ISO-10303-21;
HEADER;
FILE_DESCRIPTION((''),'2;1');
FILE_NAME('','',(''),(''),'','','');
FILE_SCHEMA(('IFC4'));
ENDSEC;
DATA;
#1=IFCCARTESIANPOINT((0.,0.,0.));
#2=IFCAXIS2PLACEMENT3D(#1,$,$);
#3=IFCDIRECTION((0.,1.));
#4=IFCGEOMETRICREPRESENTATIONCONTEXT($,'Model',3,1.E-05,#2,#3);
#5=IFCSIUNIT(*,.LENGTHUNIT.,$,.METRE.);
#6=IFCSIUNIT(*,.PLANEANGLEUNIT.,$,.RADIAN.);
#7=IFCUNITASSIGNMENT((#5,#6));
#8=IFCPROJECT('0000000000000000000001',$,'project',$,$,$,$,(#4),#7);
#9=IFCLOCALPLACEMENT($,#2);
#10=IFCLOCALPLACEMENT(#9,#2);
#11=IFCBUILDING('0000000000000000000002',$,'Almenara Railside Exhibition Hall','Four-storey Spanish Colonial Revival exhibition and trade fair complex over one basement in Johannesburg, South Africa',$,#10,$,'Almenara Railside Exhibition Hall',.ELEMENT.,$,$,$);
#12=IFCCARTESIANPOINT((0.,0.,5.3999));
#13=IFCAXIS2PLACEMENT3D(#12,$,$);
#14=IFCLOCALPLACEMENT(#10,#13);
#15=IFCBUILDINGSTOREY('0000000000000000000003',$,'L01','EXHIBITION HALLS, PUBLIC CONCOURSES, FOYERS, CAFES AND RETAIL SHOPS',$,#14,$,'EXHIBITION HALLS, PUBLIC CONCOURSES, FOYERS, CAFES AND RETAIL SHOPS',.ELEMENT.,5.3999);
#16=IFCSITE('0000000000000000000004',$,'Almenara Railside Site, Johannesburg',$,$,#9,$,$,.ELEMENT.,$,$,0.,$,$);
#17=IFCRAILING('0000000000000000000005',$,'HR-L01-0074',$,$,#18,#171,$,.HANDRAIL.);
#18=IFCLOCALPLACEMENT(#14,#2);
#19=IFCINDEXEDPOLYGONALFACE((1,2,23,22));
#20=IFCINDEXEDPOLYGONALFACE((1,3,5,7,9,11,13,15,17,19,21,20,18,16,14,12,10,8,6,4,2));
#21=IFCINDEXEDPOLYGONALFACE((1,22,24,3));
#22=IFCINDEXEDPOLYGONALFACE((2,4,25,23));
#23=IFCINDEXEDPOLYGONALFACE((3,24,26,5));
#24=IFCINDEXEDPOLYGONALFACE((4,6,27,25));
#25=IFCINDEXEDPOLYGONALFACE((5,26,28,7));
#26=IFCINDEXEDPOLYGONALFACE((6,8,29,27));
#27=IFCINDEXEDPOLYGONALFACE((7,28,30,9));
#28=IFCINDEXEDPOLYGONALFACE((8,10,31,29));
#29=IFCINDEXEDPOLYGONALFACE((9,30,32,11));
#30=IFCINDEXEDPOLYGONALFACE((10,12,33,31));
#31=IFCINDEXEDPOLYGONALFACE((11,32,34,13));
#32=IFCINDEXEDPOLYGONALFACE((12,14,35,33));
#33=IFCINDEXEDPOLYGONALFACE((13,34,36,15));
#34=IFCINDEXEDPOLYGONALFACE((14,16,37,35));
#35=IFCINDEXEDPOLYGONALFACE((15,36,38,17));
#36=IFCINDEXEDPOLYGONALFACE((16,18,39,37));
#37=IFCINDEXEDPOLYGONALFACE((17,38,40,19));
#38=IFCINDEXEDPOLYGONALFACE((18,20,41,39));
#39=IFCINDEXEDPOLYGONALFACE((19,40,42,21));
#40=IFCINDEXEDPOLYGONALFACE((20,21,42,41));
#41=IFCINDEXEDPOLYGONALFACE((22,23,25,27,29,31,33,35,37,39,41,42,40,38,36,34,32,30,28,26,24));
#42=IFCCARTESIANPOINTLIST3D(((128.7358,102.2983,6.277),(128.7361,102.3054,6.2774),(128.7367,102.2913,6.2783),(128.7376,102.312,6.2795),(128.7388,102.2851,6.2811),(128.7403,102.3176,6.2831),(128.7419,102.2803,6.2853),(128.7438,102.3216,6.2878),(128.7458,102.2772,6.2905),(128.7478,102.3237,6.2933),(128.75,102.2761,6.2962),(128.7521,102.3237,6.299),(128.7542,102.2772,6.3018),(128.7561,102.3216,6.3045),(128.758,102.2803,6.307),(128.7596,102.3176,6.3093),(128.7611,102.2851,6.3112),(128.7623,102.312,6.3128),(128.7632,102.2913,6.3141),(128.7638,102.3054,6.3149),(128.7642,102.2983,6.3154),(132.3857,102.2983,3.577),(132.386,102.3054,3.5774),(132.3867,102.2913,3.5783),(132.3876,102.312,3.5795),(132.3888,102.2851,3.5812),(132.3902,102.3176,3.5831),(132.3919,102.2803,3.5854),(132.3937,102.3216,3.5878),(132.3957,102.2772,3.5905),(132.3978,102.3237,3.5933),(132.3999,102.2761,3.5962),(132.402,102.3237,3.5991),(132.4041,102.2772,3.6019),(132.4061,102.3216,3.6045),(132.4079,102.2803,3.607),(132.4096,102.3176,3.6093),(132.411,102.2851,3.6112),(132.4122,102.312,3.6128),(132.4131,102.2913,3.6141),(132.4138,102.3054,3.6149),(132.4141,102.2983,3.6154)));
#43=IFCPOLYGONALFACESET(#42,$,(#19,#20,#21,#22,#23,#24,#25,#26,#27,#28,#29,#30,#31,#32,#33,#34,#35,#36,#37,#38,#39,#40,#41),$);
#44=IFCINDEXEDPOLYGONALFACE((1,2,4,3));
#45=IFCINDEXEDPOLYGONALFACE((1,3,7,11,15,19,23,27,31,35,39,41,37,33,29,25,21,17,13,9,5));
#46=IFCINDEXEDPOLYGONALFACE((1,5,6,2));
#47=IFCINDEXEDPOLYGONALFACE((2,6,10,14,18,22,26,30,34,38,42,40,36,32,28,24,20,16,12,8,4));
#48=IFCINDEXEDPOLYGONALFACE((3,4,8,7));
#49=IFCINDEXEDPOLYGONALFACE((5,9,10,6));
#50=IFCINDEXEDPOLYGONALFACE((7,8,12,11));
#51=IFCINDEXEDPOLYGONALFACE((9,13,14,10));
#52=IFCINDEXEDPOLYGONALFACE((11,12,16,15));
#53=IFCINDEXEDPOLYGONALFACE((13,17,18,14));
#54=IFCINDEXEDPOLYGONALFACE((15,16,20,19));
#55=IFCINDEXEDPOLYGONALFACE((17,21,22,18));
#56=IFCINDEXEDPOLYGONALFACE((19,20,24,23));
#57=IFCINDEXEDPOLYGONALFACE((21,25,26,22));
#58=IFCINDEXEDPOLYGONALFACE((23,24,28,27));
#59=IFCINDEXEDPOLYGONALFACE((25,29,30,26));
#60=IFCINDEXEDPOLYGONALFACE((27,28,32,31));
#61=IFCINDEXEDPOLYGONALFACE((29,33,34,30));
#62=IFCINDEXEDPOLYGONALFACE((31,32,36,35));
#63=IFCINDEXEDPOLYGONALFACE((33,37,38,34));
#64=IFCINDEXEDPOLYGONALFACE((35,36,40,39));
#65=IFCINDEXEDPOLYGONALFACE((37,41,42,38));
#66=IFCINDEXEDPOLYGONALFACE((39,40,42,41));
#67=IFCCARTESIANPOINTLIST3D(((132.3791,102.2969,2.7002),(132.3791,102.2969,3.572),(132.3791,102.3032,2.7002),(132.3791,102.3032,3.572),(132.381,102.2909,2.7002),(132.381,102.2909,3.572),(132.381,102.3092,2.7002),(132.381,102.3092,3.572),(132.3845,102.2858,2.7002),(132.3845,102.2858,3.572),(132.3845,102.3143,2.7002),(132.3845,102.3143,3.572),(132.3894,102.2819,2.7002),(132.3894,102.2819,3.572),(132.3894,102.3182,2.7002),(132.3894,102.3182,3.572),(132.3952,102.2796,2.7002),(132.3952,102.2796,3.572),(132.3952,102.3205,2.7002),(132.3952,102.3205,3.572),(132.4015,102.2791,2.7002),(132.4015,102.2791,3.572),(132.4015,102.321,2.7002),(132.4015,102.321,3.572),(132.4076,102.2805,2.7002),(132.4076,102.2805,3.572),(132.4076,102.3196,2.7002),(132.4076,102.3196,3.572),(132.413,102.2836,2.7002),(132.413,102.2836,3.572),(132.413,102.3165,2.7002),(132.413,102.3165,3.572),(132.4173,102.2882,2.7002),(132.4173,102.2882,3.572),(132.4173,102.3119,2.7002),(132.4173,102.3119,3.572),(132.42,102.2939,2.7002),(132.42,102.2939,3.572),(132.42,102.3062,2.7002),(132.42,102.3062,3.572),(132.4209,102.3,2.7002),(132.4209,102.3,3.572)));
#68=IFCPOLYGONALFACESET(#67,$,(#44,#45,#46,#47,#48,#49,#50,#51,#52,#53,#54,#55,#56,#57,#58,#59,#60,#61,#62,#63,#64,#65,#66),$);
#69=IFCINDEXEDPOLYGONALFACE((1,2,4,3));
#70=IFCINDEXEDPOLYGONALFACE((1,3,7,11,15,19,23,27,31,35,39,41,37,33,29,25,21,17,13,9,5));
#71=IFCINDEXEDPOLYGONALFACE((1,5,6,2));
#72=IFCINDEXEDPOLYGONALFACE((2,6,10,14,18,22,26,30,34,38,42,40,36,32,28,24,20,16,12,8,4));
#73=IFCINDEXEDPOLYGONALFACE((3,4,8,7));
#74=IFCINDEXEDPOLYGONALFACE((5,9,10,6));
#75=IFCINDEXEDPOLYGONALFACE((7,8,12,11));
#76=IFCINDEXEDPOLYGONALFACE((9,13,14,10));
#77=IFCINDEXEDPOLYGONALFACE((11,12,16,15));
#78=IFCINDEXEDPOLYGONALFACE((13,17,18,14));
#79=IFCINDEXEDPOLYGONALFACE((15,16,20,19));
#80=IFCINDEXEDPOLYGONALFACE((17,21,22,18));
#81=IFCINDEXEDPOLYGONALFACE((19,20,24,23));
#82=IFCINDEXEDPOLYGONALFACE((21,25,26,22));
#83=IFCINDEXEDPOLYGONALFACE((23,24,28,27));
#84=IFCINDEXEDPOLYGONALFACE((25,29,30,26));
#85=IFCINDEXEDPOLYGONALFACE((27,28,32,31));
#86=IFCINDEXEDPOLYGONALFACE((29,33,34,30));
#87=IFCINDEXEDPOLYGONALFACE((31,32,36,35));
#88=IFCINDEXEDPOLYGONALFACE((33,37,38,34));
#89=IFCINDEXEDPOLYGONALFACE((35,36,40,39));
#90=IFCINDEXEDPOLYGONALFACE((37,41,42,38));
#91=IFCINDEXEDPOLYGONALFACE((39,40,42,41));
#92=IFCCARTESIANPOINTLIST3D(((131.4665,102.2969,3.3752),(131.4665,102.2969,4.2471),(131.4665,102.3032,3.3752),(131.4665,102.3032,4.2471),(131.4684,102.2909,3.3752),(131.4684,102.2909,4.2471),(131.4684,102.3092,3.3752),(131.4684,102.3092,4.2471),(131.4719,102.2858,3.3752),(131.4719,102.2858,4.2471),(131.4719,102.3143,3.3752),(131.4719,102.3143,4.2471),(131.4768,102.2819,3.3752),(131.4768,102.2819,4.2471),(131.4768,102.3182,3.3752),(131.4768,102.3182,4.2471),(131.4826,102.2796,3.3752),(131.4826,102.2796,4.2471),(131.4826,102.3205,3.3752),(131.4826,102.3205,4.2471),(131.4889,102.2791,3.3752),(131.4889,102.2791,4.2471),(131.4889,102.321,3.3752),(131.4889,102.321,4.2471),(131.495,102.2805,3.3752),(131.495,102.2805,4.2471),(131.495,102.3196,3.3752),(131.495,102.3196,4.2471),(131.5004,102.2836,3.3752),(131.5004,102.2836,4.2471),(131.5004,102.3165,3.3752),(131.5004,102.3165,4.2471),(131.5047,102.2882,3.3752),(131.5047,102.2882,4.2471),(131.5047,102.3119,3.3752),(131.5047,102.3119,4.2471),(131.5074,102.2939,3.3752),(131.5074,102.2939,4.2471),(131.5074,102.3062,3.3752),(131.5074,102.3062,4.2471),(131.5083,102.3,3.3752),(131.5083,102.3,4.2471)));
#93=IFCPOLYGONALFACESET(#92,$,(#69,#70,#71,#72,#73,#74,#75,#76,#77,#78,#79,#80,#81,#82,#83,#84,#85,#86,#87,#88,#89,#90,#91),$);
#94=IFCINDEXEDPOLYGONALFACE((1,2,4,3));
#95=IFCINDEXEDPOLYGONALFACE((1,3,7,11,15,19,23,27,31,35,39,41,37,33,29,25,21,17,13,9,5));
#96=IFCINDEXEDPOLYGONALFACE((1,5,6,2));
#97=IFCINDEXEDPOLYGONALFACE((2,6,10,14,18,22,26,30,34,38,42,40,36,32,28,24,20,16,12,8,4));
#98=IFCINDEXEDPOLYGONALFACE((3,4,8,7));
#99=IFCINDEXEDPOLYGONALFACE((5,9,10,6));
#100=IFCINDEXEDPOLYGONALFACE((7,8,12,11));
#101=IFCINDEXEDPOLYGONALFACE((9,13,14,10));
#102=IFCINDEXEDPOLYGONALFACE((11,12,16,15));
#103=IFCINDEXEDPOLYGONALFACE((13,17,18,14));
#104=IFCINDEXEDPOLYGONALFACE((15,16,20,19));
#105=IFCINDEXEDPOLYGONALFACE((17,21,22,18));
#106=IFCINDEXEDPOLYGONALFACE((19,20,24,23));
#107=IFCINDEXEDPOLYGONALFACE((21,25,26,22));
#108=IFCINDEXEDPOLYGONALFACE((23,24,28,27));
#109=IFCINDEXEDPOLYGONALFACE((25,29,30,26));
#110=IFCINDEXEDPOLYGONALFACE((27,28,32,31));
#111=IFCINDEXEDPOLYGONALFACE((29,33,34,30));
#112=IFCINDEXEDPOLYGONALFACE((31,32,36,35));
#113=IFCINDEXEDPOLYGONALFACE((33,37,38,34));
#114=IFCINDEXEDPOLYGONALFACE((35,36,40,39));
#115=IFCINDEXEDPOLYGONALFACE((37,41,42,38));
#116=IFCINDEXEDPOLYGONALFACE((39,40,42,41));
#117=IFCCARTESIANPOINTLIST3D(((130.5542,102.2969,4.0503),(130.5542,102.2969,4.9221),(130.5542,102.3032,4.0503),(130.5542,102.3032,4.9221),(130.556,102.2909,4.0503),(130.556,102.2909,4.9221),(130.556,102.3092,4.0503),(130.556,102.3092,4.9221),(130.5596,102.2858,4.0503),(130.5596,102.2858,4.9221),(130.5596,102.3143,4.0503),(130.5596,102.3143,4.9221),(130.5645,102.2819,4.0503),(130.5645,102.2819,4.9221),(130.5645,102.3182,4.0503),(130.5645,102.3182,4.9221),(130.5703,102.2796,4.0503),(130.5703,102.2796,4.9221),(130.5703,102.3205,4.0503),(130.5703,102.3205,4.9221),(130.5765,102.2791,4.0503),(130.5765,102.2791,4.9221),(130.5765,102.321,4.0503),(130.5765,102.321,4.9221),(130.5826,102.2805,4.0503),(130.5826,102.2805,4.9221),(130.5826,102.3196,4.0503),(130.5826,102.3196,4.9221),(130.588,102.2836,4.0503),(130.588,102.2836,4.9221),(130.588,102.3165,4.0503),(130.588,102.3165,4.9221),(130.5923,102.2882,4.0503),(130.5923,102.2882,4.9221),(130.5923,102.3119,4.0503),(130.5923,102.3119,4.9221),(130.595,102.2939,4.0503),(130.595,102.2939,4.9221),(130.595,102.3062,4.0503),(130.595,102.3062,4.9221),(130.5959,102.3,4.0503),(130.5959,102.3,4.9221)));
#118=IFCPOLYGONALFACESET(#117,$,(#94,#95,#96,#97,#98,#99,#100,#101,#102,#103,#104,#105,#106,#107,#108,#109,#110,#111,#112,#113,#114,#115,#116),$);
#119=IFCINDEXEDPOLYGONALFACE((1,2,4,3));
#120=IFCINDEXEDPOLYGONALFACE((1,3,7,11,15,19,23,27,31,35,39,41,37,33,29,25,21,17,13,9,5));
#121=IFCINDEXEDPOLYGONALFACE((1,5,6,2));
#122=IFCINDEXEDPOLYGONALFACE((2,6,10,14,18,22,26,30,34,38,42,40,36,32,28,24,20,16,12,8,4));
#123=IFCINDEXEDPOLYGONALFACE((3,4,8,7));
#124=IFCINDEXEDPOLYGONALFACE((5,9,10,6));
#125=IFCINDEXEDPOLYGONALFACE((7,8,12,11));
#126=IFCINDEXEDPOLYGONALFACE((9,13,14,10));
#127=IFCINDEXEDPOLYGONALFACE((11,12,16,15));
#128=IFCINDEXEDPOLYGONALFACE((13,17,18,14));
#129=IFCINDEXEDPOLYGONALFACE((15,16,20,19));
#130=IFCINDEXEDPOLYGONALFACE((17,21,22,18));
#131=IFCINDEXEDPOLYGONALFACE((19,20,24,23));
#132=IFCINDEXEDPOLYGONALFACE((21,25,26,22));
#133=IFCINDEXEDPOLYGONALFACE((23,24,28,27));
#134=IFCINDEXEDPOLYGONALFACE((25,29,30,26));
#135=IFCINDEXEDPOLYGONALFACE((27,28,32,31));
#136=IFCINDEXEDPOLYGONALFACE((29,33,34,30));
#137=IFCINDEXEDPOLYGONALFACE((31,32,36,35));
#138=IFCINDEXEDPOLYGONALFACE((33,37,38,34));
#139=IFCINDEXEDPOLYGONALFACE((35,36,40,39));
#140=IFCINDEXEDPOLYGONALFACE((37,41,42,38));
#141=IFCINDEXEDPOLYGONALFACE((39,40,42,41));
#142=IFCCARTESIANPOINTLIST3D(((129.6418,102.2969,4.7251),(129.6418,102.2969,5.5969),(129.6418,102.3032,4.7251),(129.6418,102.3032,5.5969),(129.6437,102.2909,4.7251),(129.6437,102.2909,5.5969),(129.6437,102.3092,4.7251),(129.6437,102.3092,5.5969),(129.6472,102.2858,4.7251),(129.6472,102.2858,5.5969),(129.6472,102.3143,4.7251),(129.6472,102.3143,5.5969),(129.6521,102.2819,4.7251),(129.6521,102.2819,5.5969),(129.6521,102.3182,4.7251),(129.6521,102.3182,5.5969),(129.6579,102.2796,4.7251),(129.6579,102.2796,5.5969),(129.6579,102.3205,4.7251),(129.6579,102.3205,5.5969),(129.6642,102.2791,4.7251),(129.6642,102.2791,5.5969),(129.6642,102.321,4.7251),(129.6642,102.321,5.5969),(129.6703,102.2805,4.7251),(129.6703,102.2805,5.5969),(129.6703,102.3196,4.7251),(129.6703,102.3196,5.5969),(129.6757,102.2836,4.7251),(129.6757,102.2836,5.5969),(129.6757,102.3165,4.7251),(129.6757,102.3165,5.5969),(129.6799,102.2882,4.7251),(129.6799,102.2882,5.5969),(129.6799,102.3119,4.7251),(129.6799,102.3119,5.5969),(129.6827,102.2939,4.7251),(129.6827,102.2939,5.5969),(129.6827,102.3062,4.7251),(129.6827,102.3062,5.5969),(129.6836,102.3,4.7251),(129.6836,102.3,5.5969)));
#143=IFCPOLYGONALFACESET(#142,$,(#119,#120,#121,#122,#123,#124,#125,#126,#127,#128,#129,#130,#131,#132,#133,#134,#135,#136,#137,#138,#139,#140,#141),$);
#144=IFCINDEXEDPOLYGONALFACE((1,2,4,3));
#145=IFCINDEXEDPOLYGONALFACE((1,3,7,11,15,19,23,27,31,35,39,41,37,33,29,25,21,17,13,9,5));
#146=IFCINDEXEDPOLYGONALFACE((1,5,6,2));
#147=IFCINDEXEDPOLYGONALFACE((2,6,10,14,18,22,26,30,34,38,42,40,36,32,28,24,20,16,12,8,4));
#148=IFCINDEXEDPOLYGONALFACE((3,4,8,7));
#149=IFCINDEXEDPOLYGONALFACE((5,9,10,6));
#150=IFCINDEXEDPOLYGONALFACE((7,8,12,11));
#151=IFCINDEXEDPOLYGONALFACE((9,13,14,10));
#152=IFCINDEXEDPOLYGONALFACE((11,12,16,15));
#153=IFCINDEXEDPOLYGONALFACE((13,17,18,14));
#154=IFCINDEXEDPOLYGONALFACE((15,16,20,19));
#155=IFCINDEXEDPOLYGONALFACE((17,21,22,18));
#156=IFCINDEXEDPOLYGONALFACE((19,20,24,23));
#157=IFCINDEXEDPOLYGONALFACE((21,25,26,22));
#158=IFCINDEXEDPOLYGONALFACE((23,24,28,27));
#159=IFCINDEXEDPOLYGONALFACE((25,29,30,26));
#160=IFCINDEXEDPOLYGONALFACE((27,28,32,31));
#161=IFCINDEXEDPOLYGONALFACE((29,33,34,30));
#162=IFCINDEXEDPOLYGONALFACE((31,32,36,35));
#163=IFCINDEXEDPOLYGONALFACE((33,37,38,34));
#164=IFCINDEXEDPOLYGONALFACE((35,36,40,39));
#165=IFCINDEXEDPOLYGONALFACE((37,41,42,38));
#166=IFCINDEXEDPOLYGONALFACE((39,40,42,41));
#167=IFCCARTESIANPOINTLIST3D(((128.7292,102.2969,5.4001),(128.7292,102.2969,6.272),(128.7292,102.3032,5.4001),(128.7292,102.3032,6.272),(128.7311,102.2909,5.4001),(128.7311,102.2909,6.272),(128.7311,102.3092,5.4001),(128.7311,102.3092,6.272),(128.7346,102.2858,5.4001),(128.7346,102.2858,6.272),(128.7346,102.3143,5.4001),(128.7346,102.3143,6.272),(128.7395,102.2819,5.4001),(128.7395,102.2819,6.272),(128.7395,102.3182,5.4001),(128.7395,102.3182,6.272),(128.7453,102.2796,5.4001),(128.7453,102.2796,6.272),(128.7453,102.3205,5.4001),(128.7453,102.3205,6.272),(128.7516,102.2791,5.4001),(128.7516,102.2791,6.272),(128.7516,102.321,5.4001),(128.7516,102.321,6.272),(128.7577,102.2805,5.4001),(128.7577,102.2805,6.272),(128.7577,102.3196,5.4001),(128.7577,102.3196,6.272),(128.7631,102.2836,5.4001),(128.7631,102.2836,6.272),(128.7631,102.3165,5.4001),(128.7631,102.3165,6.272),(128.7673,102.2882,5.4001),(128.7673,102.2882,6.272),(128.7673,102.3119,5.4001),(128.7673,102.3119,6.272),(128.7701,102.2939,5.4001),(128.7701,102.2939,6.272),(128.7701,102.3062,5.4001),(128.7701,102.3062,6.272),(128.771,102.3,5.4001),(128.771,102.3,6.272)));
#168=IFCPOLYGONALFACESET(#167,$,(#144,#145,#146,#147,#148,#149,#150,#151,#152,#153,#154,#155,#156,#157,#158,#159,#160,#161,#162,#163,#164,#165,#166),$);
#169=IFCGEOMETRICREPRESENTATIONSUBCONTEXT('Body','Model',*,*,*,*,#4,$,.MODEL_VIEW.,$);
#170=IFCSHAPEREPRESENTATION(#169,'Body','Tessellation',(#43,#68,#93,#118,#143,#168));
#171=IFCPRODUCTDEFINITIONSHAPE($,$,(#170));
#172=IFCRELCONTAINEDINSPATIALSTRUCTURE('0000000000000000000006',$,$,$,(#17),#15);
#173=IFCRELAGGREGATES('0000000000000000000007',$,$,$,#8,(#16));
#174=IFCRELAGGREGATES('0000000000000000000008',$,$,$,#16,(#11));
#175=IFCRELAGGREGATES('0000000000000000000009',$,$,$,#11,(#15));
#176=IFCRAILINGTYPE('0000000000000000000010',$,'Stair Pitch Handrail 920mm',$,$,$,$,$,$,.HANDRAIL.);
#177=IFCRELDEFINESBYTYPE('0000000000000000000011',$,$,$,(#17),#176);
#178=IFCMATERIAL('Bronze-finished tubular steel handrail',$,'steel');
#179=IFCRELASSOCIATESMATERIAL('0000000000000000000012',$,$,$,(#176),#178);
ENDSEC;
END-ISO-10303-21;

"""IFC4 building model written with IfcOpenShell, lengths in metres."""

from ifc_helpers import new_model, si_unit, direction, frame, origin, origin_2d, place, context, subcontext, project, spatial, circle, extrude, material, type_object, element, save


model = new_model("IFC4")

# Units and contexts
model_context = context("Model", 3, precision=1e-05, world=origin(), true_north=direction((0.0, 1.0)))
body_context = subcontext(model_context, "Body", "Model", "MODEL_VIEW")
ifc_project = project(units=[si_unit("LENGTHUNIT", "METRE"), si_unit("PLANEANGLEUNIT", "RADIAN")], contexts=[model_context])

# Site, building, storey
site_placement = place(None, origin())
site = spatial("IfcSite", under=ifc_project, at=site_placement, Name="Almenara Railside Site, Johannesburg", CompositionType="ELEMENT", RefElevation=0.0)
building_placement = place(site_placement, origin())
building = spatial("IfcBuilding", under=site, at=building_placement, Name="Almenara Railside Exhibition Hall", Description="Four-storey Spanish Colonial Revival exhibition and trade fair complex over one basement in Johannesburg, South Africa", LongName="Almenara Railside Exhibition Hall", CompositionType="ELEMENT")
storey_placement = place(building_placement, frame((0.0, 0.0, 5.3999)))
storey = spatial("IfcBuildingStorey", under=building, at=storey_placement, Name="L01", Description="EXHIBITION HALLS, PUBLIC CONCOURSES, FOYERS, CAFES AND RETAIL SHOPS", LongName="EXHIBITION HALLS, PUBLIC CONCOURSES, FOYERS, CAFES AND RETAIL SHOPS", CompositionType="ELEMENT", Elevation=5.3999)

# Railing
ifc_material_1 = material(Name="Bronze-finished tubular steel handrail", Category="steel")
railing_type_1 = type_object("IfcRailingType", Name="Stair Pitch Handrail 920mm", PredefinedType="HANDRAIL", material=ifc_material_1)
railing_1_placement = place(storey_placement, frame((132.3999, 102.3, 2.7002)))
element("IfcRailing", 1, at=railing_1_placement, inside=storey, type_object=railing_type_1, Name="HR-L01-0074", PredefinedType="HANDRAIL", context=body_context, shape_type="SweptSolid", body=[
    extrude(circle(Radius=0.0239, at=origin_2d()), frame((0.0, 0.0, 0.896), z_axis=(-0.803945, 0.0, 0.594704), x_axis=(0.0, -1.0, 0.0)), (0.0, 0.0, 1.0), 4.54),
    extrude(circle(Radius=0.021, at=origin_2d()), origin(), (0.0, 0.0, 1.0), 0.8718),
    extrude(circle(Radius=0.021, at=origin_2d()), frame((-0.9126, 0.0, 0.675)), (0.0, 0.0, 1.0), 0.8718),
    extrude(circle(Radius=0.021, at=origin_2d()), frame((-1.825, 0.0, 1.3501)), (0.0, 0.0, 1.0), 0.8718),
    extrude(circle(Radius=0.021, at=origin_2d()), frame((-2.7373, 0.0, 2.0249)), (0.0, 0.0, 1.0), 0.8718),
    extrude(circle(Radius=0.021, at=origin_2d()), frame((-3.6499, 0.0, 2.7)), (0.0, 0.0, 1.0), 0.8718),
])

save(model, "model.ifc")
